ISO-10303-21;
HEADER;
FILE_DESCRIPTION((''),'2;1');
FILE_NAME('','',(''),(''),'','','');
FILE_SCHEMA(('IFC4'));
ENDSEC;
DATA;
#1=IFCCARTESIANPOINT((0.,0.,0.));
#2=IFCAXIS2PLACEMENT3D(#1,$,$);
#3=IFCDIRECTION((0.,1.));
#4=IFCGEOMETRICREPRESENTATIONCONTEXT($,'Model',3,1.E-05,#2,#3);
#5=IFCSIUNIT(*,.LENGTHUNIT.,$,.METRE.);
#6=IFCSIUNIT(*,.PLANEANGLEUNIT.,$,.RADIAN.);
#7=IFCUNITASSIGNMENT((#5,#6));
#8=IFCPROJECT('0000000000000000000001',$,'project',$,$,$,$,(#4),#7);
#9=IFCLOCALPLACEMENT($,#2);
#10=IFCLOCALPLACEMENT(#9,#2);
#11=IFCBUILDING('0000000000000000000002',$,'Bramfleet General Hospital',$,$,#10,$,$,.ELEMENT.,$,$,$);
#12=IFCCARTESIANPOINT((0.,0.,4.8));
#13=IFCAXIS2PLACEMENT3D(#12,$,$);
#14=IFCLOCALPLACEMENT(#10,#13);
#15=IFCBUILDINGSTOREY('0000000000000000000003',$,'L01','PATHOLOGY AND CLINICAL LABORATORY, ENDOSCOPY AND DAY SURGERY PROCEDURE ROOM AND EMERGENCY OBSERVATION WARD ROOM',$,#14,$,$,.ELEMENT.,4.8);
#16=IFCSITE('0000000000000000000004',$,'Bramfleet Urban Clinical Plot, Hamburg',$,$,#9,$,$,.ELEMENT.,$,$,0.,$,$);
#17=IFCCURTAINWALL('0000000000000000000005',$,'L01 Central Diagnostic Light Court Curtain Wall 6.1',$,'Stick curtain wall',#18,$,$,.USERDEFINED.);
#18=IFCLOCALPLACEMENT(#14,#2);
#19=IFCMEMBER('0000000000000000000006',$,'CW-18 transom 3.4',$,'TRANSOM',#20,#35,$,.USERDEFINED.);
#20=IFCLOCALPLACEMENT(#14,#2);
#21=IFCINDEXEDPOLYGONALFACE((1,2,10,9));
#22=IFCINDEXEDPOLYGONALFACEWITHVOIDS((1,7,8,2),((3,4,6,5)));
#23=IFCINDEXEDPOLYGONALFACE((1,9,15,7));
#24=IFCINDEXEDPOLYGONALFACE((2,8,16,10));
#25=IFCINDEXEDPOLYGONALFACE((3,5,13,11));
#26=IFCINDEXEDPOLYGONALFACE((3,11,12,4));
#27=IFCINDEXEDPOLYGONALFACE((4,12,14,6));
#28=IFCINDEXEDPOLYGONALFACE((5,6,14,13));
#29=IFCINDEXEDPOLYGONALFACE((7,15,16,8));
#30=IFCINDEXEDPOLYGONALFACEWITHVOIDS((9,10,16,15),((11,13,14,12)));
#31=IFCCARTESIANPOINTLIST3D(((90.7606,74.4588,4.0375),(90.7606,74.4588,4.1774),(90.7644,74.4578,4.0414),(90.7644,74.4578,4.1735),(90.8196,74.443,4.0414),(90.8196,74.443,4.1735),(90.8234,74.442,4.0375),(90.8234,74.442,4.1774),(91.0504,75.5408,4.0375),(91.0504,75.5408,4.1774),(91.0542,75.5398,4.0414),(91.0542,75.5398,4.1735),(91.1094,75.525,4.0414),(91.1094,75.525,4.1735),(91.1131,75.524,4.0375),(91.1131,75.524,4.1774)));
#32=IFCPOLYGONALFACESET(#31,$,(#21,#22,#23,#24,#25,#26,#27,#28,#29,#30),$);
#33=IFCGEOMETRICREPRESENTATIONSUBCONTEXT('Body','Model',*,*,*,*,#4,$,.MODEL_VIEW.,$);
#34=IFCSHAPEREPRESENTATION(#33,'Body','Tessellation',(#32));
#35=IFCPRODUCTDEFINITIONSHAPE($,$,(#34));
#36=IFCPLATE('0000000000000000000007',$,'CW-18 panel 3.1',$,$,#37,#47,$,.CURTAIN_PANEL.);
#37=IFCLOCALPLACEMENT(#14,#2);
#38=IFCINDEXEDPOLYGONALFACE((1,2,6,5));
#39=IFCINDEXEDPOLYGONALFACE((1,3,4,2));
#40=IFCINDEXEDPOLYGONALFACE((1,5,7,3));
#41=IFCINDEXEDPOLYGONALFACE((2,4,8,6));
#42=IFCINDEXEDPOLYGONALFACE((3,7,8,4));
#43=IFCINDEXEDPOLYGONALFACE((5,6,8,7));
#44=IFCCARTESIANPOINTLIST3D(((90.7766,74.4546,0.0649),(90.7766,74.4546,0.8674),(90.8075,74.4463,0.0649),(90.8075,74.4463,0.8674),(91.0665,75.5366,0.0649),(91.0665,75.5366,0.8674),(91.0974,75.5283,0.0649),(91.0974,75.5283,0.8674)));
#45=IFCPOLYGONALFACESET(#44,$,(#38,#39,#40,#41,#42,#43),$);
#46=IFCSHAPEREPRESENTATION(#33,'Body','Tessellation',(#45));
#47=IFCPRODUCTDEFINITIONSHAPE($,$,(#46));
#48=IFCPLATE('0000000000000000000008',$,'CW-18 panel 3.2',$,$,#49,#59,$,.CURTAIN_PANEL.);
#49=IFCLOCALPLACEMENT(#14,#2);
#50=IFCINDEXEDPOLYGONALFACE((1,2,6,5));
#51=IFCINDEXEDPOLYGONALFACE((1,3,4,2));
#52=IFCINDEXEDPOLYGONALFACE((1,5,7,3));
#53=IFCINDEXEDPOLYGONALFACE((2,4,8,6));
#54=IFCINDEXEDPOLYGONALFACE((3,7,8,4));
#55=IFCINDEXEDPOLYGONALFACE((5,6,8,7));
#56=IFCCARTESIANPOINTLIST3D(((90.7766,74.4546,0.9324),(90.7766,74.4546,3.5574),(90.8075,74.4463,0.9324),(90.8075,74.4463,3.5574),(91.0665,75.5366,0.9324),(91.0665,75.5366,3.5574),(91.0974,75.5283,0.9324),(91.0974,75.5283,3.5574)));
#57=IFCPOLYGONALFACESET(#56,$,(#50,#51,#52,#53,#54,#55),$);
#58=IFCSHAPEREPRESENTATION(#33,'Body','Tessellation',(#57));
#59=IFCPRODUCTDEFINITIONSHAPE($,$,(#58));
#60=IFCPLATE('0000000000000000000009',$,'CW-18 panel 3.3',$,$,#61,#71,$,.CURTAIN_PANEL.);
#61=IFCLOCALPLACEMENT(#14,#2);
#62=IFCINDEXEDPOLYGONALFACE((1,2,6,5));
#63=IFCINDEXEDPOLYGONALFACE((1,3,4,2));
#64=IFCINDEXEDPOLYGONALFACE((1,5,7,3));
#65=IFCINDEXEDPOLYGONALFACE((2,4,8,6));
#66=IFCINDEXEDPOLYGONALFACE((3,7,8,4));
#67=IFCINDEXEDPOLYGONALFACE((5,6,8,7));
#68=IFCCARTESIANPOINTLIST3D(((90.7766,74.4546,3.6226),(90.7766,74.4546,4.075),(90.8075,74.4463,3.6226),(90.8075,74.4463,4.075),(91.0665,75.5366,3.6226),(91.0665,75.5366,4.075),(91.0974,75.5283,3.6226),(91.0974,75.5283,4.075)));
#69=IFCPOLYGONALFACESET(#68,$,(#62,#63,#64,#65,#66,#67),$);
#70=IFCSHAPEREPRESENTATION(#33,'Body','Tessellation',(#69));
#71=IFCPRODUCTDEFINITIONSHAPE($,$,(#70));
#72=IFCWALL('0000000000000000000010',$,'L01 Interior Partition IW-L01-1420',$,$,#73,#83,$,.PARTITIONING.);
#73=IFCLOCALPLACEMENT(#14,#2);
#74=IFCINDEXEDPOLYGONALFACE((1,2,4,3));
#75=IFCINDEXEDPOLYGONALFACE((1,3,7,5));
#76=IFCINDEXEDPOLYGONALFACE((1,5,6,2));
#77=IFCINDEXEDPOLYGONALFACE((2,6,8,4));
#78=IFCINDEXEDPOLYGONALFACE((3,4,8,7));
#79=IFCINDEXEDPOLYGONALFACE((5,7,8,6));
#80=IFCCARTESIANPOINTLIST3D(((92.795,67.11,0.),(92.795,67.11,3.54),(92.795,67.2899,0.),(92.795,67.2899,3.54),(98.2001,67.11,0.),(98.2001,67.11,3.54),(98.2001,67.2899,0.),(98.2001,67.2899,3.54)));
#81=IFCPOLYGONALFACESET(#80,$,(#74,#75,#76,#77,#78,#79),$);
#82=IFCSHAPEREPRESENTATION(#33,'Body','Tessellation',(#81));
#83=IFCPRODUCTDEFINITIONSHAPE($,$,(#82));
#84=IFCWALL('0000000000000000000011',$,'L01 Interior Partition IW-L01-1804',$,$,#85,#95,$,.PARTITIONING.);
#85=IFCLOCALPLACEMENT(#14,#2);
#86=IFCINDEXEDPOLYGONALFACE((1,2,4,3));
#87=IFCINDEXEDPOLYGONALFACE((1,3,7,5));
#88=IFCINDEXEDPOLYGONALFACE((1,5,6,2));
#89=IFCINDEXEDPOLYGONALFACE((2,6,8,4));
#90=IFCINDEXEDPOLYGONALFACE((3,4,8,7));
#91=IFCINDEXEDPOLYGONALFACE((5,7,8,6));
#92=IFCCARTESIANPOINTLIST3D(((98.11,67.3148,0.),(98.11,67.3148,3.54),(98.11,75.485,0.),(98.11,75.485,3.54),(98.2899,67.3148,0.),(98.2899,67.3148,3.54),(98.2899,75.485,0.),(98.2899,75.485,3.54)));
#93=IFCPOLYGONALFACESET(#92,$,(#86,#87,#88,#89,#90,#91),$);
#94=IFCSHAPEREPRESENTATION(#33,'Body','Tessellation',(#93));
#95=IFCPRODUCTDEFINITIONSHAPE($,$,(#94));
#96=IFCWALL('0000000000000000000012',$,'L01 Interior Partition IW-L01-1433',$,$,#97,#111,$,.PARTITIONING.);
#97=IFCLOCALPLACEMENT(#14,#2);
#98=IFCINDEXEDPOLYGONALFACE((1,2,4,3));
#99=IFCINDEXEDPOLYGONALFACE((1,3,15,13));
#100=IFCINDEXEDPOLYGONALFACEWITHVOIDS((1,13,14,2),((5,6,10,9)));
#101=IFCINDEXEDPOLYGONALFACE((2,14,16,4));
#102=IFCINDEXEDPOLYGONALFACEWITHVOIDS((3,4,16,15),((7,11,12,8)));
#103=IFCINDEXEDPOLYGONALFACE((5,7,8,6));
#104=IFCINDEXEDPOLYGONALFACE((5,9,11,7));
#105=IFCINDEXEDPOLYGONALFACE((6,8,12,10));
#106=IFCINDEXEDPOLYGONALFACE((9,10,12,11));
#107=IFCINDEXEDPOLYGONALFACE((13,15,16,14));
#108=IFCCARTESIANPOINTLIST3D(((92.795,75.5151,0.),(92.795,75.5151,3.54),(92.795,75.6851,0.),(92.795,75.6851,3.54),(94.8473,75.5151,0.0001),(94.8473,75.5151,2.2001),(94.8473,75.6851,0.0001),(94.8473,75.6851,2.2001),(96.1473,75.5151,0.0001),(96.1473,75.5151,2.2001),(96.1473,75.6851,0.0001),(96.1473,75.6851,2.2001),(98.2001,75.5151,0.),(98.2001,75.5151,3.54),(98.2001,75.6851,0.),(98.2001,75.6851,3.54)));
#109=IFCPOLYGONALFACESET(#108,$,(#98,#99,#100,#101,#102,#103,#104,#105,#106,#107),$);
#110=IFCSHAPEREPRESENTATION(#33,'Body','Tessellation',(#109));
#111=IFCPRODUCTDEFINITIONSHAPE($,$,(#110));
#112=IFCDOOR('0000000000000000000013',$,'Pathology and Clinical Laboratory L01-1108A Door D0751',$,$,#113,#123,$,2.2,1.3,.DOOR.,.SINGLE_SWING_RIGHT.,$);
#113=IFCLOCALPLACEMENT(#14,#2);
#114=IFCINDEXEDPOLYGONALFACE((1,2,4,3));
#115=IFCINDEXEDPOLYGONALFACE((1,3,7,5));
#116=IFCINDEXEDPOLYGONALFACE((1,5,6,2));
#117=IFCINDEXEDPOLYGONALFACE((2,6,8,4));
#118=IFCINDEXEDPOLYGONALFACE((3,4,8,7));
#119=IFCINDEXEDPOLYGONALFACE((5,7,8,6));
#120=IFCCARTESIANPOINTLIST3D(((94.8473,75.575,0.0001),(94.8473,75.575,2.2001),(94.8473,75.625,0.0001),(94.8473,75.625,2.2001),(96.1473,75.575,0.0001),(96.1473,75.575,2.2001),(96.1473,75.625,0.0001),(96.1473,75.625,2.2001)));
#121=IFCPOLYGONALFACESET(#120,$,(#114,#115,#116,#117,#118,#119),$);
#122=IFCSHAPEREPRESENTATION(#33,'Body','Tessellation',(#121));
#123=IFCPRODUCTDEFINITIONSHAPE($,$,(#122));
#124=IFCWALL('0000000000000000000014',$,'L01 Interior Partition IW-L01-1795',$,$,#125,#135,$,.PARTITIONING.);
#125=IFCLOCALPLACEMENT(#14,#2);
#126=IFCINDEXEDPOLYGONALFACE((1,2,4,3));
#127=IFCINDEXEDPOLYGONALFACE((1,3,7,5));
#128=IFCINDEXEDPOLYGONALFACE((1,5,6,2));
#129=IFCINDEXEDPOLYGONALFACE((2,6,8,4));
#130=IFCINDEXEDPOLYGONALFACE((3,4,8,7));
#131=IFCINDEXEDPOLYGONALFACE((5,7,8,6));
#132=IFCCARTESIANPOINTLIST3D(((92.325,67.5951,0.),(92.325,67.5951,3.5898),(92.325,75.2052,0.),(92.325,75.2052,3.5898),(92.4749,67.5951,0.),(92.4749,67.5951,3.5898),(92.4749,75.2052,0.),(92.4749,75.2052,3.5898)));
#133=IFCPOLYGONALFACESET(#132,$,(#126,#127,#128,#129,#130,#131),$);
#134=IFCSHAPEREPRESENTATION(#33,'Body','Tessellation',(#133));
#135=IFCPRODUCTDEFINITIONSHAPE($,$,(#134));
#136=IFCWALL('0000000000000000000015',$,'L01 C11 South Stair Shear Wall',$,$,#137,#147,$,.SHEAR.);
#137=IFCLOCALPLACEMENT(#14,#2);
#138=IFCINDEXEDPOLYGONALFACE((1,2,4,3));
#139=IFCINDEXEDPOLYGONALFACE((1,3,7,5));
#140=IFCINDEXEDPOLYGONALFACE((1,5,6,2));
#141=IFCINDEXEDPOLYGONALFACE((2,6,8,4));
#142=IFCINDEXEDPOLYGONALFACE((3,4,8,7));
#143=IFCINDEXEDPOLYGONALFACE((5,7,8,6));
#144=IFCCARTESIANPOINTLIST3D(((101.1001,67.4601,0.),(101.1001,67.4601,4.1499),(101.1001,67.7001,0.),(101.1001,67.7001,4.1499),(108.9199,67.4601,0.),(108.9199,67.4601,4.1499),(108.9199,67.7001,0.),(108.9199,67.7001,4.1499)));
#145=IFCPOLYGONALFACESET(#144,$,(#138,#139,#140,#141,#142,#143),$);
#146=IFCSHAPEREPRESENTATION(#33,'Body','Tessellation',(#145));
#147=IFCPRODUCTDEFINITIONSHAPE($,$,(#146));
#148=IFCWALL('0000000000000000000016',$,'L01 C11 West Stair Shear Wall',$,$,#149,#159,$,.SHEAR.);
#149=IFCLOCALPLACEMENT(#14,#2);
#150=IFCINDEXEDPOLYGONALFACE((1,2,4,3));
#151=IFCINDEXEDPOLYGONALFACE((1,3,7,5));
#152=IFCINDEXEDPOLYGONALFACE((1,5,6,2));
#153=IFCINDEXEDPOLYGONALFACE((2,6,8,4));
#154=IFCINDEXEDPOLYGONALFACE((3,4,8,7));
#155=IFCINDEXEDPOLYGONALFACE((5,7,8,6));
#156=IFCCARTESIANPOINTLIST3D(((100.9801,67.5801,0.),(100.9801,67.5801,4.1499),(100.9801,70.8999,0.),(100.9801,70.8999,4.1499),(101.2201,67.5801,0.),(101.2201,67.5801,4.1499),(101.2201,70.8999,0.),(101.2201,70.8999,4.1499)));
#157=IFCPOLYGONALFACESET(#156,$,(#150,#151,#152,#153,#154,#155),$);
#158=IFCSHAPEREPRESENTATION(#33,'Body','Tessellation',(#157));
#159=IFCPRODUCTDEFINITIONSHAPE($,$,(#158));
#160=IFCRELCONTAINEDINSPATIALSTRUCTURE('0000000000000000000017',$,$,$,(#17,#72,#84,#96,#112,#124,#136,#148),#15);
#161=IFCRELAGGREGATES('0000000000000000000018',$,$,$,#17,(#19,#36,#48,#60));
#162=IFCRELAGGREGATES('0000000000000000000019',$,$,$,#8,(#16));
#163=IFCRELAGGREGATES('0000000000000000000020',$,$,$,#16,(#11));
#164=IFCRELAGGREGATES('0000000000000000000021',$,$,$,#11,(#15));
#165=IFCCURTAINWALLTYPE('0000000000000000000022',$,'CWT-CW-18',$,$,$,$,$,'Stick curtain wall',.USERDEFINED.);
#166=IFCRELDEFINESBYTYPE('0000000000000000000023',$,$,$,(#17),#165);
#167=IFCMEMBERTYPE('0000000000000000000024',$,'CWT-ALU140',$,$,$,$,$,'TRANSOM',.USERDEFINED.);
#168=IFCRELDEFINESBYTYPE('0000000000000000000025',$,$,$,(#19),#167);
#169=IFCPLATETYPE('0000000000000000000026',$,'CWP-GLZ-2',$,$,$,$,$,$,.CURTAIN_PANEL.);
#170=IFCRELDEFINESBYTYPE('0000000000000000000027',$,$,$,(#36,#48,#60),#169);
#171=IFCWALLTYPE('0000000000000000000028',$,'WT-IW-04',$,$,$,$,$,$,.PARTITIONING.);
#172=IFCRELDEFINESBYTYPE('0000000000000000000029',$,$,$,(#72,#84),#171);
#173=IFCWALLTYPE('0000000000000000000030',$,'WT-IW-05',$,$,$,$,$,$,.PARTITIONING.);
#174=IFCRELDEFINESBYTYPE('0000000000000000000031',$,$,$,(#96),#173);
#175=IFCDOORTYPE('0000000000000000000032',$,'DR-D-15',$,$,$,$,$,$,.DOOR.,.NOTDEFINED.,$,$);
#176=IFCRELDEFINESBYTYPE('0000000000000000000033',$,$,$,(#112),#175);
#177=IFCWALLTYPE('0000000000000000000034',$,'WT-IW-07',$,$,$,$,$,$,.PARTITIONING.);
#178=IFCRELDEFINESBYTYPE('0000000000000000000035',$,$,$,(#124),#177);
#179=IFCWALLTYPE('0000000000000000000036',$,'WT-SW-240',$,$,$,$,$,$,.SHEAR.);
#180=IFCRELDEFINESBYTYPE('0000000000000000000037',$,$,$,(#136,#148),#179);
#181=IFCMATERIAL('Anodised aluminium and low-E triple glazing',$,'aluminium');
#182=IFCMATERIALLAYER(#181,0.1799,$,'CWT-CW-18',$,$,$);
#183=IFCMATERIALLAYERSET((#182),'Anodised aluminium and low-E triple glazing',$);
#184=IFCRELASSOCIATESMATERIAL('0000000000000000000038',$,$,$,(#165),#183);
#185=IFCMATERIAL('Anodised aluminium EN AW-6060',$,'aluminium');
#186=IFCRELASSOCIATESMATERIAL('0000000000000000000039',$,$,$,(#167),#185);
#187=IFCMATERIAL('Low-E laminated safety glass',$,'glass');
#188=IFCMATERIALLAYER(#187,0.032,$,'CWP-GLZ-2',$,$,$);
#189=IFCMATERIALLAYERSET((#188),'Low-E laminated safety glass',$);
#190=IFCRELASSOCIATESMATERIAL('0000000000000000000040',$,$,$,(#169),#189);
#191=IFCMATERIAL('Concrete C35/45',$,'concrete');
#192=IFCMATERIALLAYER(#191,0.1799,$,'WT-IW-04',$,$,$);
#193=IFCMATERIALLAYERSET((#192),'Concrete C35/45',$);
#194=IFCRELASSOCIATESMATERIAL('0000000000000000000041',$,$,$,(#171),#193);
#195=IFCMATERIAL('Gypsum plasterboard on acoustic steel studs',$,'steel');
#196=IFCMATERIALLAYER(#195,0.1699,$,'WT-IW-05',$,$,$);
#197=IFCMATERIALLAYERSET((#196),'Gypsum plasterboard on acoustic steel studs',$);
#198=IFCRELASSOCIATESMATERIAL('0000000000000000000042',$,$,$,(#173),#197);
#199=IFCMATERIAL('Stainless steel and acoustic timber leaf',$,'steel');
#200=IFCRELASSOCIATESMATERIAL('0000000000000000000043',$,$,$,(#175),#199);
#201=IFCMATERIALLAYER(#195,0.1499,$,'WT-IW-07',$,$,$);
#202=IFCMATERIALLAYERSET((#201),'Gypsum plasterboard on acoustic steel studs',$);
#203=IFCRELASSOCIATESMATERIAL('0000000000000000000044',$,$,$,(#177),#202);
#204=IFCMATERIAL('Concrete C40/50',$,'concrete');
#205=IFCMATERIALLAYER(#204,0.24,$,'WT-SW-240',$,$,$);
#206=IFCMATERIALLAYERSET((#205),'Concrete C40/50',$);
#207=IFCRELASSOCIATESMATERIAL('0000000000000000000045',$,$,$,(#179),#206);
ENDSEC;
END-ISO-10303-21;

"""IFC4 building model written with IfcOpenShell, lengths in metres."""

from ifc_helpers import new_model, si_unit, direction, frame, frame_2d, origin, origin_2d, place, context, subcontext, project, spatial, rectangle, hollow_rectangle, extrude, material, layer, layer_set, material_profile, profile_set, type_object, element, fill, aggregate, save


model = new_model("IFC4")

# Units and contexts
model_context = context("Model", 3, precision=1e-05, world=origin(), true_north=direction((0.0, 1.0)))
body_context = subcontext(model_context, "Body", "Model", "MODEL_VIEW")
ifc_project = project(units=[si_unit("LENGTHUNIT", "METRE"), si_unit("PLANEANGLEUNIT", "RADIAN")], contexts=[model_context])

# Site, building, storey
site_placement = place(None, origin())
site = spatial("IfcSite", under=ifc_project, at=site_placement, Name="Bramfleet Urban Clinical Plot, Hamburg", CompositionType="ELEMENT", RefElevation=0.0)
building_placement = place(site_placement, origin())
building = spatial("IfcBuilding", under=site, at=building_placement, Name="Bramfleet General Hospital", CompositionType="ELEMENT")
storey_placement = place(building_placement, frame((0.0, 0.0, 4.8)))
storey = spatial("IfcBuildingStorey", under=building, at=storey_placement, Name="L01", Description="PATHOLOGY AND CLINICAL LABORATORY, ENDOSCOPY AND DAY SURGERY PROCEDURE ROOM AND EMERGENCY OBSERVATION WARD ROOM", CompositionType="ELEMENT", Elevation=4.8)

# Shared definitions
ifc_material_1 = material(Name="Concrete C40/50", Category="concrete")

# Shared definitions
ifc_material_2 = material(Name="Concrete C35/45", Category="concrete")

# Curtain wall, member, plates
ifc_material_3 = material(Name="Anodised aluminium and low-E triple glazing", Category="aluminium")
ifc_layer_1 = layer(ifc_material_3, 0.1799, Name="CWT-CW-18")
ifc_layer_set_1 = layer_set([ifc_layer_1], Name="Anodised aluminium and low-E triple glazing")
curtain_wall_type = type_object("IfcCurtainWallType", Name="CWT-CW-18", ElementType="Stick curtain wall", PredefinedType="USERDEFINED", material=ifc_layer_set_1)
curtain_wall_placement = place(storey_placement, origin())
curtain_wall = element("IfcCurtainWall", 1, at=curtain_wall_placement, inside=storey, type_object=curtain_wall_type, Name="L01 Central Diagnostic Light Court Curtain Wall 6.1", ObjectType="Stick curtain wall", PredefinedType="USERDEFINED")
ifc_material_4 = material(Name="Anodised aluminium EN AW-6060", Category="aluminium")
ifc_material_profile_1 = material_profile(ifc_material_4, hollow_rectangle(XDim=0.0649, YDim=0.1399, WallThickness=0.0039, at=origin_2d()), Name="ALU 140x65x4.0")
ifc_profile_set_1 = profile_set([ifc_material_profile_1], Name="Anodised aluminium EN AW-6060")
member_type_1 = type_object("IfcMemberType", Name="CWT-ALU140", ElementType="TRANSOM", PredefinedType="USERDEFINED", material=ifc_profile_set_1)
member_1_placement = place(storey_placement, frame((90.792, 74.4504, 4.1074), z_axis=(0.258707, 0.965956, 0.0), x_axis=(-0.965956, 0.258707, 0.0)))
member_1 = element("IfcMember", 2, at=member_1_placement, type_object=member_type_1, Name="CW-18 transom 3.4", ObjectType="TRANSOM", PredefinedType="USERDEFINED", context=body_context, shape_type="SweptSolid", body=[
    extrude(hollow_rectangle(XDim=0.0649, YDim=0.1399, WallThickness=0.0039, at=origin_2d()), origin(), (0.0, 0.0, 1.0), 1.1201),
])
ifc_material_5 = material(Name="Low-E laminated safety glass", Category="glass")
ifc_layer_2 = layer(ifc_material_5, 0.032, Name="CWP-GLZ-2")
ifc_layer_set_2 = layer_set([ifc_layer_2], Name="Low-E laminated safety glass")
plate_type = type_object("IfcPlateType", Name="CWP-GLZ-2", PredefinedType="CURTAIN_PANEL", material=ifc_layer_set_2)
plate_1_placement = place(storey_placement, frame((90.937, 74.9915, 0.0649), z_axis=(0.0, 0.0, 1.0), x_axis=(0.258763, 0.965941, 0.0)))
plate_1 = element("IfcPlate", 3, at=plate_1_placement, type_object=plate_type, Name="CW-18 panel 3.1", PredefinedType="CURTAIN_PANEL", context=body_context, shape_type="SweptSolid", body=[
    extrude(rectangle(XDim=1.1201, YDim=0.032, at=origin_2d()), origin(), (0.0, 0.0, 1.0), 0.8025),
])
plate_2_placement = place(storey_placement, frame((90.937, 74.9915, 0.9324), z_axis=(0.0, 0.0, 1.0), x_axis=(0.258763, 0.965941, 0.0)))
plate_2 = element("IfcPlate", 4, at=plate_2_placement, type_object=plate_type, Name="CW-18 panel 3.2", PredefinedType="CURTAIN_PANEL", context=body_context, shape_type="SweptSolid", body=[
    extrude(rectangle(XDim=1.1201, YDim=0.032, at=origin_2d()), origin(), (0.0, 0.0, 1.0), 2.625),
])
plate_3_placement = place(storey_placement, frame((90.937, 74.9915, 3.6226), z_axis=(0.0, 0.0, 1.0), x_axis=(0.258763, 0.965941, 0.0)))
plate_3 = element("IfcPlate", 5, at=plate_3_placement, type_object=plate_type, Name="CW-18 panel 3.3", PredefinedType="CURTAIN_PANEL", context=body_context, shape_type="SweptSolid", body=[
    extrude(rectangle(XDim=1.1201, YDim=0.032, at=origin_2d()), origin(), (0.0, 0.0, 1.0), 0.4524),
])
aggregate(curtain_wall, [member_1, plate_1, plate_2, plate_3])

# Walls
ifc_layer_3 = layer(ifc_material_2, 0.1799, Name="WT-IW-04")
ifc_layer_set_3 = layer_set([ifc_layer_3], Name="Concrete C35/45")
wall_type_1 = type_object("IfcWallType", Name="WT-IW-04", PredefinedType="PARTITIONING", material=ifc_layer_set_3)
wall_1_placement = place(storey_placement, frame((92.7949, 67.2, 0.0), z_axis=(0.0, 0.0, 1.0), x_axis=(1.0, 0.0, 0.0)))
element("IfcWall", 6, at=wall_1_placement, inside=storey, type_object=wall_type_1, Name="L01 Interior Partition IW-L01-1420", PredefinedType="PARTITIONING", context=body_context, shape_type="SweptSolid", body=[
    extrude(rectangle(XDim=5.405, YDim=0.1799, at=frame_2d((2.7026, 0.0))), origin(), (0.0, 0.0, 1.0), 3.54),
])
wall_2_placement = place(storey_placement, frame((98.2, 67.3149, 0.0), z_axis=(0.0, 0.0, 1.0), x_axis=(0.0, 1.0, 0.0)))
element("IfcWall", 7, at=wall_2_placement, inside=storey, type_object=wall_type_1, Name="L01 Interior Partition IW-L01-1804", PredefinedType="PARTITIONING", context=body_context, shape_type="SweptSolid", body=[
    extrude(rectangle(XDim=8.1702, YDim=0.1799, at=frame_2d((4.085, 0.0))), origin(), (0.0, 0.0, 1.0), 3.54),
])

# Wall, opening, door
ifc_material_6 = material(Name="Gypsum plasterboard on acoustic steel studs", Category="steel")
ifc_layer_4 = layer(ifc_material_6, 0.1699, Name="WT-IW-05")
ifc_layer_set_4 = layer_set([ifc_layer_4], Name="Gypsum plasterboard on acoustic steel studs")
wall_type_2 = type_object("IfcWallType", Name="WT-IW-05", PredefinedType="PARTITIONING", material=ifc_layer_set_4)
wall_3_placement = place(storey_placement, frame((92.7949, 75.6001, 0.0), z_axis=(0.0, 0.0, 1.0), x_axis=(1.0, 0.0, 0.0)))
wall_3 = element("IfcWall", 8, at=wall_3_placement, inside=storey, type_object=wall_type_2, Name="L01 Interior Partition IW-L01-1433", PredefinedType="PARTITIONING", context=body_context, shape_type="SweptSolid", body=[
    extrude(rectangle(XDim=5.405, YDim=0.1699, at=frame_2d((2.7026, 0.0))), origin(), (0.0, 0.0, 1.0), 3.54),
])
opening_placement = place(wall_3_placement, frame((2.0525, 0.0, 0.0)))
opening = element("IfcOpeningElement", 9, at=opening_placement, cuts=wall_3, PredefinedType="OPENING", context=body_context, shape_type="SweptSolid", body=[
    extrude(rectangle(XDim=1.3, YDim=2.2, at=frame_2d((0.6499, 1.1001))), frame((0.0, 0.095, 0.0), z_axis=(0.0, -1.0, 0.0), x_axis=(1.0, 0.0, 0.0)), (0.0, 0.0, 1.0), 0.1899),
])
ifc_material_7 = material(Name="Stainless steel and acoustic timber leaf", Category="steel")
door_type = type_object("IfcDoorType", Name="DR-D-15", OperationType="NOTDEFINED", PredefinedType="DOOR", material=ifc_material_7)
door_placement = place(opening_placement, origin())
door = element("IfcDoor", 10, at=door_placement, inside=storey, type_object=door_type, Name="Pathology and Clinical Laboratory L01-1108A Door D0751", OperationType="SINGLE_SWING_RIGHT", OverallHeight=2.2, OverallWidth=1.3, PredefinedType="DOOR", context=body_context, shape_type="SweptSolid", body=[
    extrude(rectangle(XDim=1.3, YDim=2.2, at=frame_2d((0.6499, 1.1001))), frame((0.0, 0.0249, 0.0), z_axis=(0.0, -1.0, 0.0), x_axis=(1.0, 0.0, 0.0)), (0.0, 0.0, 1.0), 0.05),
])
fill(opening, door)

# Walls
ifc_layer_5 = layer(ifc_material_6, 0.1499, Name="WT-IW-07")
ifc_layer_set_5 = layer_set([ifc_layer_5], Name="Gypsum plasterboard on acoustic steel studs")
wall_type_3 = type_object("IfcWallType", Name="WT-IW-07", PredefinedType="PARTITIONING", material=ifc_layer_set_5)
wall_4_placement = place(storey_placement, frame((92.3999, 67.595, 0.0), z_axis=(0.0, 0.0, 1.0), x_axis=(0.0, 1.0, 0.0)))
element("IfcWall", 11, at=wall_4_placement, inside=storey, type_object=wall_type_3, Name="L01 Interior Partition IW-L01-1795", PredefinedType="PARTITIONING", context=body_context, shape_type="SweptSolid", body=[
    extrude(rectangle(XDim=7.6101, YDim=0.1499, at=frame_2d((3.8052, 0.0))), origin(), (0.0, 0.0, 1.0), 3.5898),
])
ifc_layer_6 = layer(ifc_material_1, 0.24, Name="WT-SW-240")
ifc_layer_set_6 = layer_set([ifc_layer_6], Name="Concrete C40/50")
wall_type_4 = type_object("IfcWallType", Name="WT-SW-240", PredefinedType="SHEAR", material=ifc_layer_set_6)
wall_5_placement = place(storey_placement, frame((101.1001, 67.5801, 0.0), z_axis=(0.0, 0.0, 1.0), x_axis=(1.0, 0.0, 0.0)))
element("IfcWall", 12, at=wall_5_placement, inside=storey, type_object=wall_type_4, Name="L01 C11 South Stair Shear Wall", PredefinedType="SHEAR", context=body_context, shape_type="SweptSolid", body=[
    extrude(rectangle(XDim=7.8198, YDim=0.24, at=frame_2d((3.9099, 0.0))), origin(), (0.0, 0.0, 1.0), 4.1499),
])
wall_6_placement = place(storey_placement, frame((101.1001, 67.5801, 0.0), z_axis=(0.0, 0.0, 1.0), x_axis=(0.0, 1.0, 0.0)))
element("IfcWall", 13, at=wall_6_placement, inside=storey, type_object=wall_type_4, Name="L01 C11 West Stair Shear Wall", PredefinedType="SHEAR", context=body_context, shape_type="SweptSolid", body=[
    extrude(rectangle(XDim=3.3198, YDim=0.24, at=frame_2d((1.6599, 0.0))), origin(), (0.0, 0.0, 1.0), 4.1499),
])

save(model, "model.ifc")
